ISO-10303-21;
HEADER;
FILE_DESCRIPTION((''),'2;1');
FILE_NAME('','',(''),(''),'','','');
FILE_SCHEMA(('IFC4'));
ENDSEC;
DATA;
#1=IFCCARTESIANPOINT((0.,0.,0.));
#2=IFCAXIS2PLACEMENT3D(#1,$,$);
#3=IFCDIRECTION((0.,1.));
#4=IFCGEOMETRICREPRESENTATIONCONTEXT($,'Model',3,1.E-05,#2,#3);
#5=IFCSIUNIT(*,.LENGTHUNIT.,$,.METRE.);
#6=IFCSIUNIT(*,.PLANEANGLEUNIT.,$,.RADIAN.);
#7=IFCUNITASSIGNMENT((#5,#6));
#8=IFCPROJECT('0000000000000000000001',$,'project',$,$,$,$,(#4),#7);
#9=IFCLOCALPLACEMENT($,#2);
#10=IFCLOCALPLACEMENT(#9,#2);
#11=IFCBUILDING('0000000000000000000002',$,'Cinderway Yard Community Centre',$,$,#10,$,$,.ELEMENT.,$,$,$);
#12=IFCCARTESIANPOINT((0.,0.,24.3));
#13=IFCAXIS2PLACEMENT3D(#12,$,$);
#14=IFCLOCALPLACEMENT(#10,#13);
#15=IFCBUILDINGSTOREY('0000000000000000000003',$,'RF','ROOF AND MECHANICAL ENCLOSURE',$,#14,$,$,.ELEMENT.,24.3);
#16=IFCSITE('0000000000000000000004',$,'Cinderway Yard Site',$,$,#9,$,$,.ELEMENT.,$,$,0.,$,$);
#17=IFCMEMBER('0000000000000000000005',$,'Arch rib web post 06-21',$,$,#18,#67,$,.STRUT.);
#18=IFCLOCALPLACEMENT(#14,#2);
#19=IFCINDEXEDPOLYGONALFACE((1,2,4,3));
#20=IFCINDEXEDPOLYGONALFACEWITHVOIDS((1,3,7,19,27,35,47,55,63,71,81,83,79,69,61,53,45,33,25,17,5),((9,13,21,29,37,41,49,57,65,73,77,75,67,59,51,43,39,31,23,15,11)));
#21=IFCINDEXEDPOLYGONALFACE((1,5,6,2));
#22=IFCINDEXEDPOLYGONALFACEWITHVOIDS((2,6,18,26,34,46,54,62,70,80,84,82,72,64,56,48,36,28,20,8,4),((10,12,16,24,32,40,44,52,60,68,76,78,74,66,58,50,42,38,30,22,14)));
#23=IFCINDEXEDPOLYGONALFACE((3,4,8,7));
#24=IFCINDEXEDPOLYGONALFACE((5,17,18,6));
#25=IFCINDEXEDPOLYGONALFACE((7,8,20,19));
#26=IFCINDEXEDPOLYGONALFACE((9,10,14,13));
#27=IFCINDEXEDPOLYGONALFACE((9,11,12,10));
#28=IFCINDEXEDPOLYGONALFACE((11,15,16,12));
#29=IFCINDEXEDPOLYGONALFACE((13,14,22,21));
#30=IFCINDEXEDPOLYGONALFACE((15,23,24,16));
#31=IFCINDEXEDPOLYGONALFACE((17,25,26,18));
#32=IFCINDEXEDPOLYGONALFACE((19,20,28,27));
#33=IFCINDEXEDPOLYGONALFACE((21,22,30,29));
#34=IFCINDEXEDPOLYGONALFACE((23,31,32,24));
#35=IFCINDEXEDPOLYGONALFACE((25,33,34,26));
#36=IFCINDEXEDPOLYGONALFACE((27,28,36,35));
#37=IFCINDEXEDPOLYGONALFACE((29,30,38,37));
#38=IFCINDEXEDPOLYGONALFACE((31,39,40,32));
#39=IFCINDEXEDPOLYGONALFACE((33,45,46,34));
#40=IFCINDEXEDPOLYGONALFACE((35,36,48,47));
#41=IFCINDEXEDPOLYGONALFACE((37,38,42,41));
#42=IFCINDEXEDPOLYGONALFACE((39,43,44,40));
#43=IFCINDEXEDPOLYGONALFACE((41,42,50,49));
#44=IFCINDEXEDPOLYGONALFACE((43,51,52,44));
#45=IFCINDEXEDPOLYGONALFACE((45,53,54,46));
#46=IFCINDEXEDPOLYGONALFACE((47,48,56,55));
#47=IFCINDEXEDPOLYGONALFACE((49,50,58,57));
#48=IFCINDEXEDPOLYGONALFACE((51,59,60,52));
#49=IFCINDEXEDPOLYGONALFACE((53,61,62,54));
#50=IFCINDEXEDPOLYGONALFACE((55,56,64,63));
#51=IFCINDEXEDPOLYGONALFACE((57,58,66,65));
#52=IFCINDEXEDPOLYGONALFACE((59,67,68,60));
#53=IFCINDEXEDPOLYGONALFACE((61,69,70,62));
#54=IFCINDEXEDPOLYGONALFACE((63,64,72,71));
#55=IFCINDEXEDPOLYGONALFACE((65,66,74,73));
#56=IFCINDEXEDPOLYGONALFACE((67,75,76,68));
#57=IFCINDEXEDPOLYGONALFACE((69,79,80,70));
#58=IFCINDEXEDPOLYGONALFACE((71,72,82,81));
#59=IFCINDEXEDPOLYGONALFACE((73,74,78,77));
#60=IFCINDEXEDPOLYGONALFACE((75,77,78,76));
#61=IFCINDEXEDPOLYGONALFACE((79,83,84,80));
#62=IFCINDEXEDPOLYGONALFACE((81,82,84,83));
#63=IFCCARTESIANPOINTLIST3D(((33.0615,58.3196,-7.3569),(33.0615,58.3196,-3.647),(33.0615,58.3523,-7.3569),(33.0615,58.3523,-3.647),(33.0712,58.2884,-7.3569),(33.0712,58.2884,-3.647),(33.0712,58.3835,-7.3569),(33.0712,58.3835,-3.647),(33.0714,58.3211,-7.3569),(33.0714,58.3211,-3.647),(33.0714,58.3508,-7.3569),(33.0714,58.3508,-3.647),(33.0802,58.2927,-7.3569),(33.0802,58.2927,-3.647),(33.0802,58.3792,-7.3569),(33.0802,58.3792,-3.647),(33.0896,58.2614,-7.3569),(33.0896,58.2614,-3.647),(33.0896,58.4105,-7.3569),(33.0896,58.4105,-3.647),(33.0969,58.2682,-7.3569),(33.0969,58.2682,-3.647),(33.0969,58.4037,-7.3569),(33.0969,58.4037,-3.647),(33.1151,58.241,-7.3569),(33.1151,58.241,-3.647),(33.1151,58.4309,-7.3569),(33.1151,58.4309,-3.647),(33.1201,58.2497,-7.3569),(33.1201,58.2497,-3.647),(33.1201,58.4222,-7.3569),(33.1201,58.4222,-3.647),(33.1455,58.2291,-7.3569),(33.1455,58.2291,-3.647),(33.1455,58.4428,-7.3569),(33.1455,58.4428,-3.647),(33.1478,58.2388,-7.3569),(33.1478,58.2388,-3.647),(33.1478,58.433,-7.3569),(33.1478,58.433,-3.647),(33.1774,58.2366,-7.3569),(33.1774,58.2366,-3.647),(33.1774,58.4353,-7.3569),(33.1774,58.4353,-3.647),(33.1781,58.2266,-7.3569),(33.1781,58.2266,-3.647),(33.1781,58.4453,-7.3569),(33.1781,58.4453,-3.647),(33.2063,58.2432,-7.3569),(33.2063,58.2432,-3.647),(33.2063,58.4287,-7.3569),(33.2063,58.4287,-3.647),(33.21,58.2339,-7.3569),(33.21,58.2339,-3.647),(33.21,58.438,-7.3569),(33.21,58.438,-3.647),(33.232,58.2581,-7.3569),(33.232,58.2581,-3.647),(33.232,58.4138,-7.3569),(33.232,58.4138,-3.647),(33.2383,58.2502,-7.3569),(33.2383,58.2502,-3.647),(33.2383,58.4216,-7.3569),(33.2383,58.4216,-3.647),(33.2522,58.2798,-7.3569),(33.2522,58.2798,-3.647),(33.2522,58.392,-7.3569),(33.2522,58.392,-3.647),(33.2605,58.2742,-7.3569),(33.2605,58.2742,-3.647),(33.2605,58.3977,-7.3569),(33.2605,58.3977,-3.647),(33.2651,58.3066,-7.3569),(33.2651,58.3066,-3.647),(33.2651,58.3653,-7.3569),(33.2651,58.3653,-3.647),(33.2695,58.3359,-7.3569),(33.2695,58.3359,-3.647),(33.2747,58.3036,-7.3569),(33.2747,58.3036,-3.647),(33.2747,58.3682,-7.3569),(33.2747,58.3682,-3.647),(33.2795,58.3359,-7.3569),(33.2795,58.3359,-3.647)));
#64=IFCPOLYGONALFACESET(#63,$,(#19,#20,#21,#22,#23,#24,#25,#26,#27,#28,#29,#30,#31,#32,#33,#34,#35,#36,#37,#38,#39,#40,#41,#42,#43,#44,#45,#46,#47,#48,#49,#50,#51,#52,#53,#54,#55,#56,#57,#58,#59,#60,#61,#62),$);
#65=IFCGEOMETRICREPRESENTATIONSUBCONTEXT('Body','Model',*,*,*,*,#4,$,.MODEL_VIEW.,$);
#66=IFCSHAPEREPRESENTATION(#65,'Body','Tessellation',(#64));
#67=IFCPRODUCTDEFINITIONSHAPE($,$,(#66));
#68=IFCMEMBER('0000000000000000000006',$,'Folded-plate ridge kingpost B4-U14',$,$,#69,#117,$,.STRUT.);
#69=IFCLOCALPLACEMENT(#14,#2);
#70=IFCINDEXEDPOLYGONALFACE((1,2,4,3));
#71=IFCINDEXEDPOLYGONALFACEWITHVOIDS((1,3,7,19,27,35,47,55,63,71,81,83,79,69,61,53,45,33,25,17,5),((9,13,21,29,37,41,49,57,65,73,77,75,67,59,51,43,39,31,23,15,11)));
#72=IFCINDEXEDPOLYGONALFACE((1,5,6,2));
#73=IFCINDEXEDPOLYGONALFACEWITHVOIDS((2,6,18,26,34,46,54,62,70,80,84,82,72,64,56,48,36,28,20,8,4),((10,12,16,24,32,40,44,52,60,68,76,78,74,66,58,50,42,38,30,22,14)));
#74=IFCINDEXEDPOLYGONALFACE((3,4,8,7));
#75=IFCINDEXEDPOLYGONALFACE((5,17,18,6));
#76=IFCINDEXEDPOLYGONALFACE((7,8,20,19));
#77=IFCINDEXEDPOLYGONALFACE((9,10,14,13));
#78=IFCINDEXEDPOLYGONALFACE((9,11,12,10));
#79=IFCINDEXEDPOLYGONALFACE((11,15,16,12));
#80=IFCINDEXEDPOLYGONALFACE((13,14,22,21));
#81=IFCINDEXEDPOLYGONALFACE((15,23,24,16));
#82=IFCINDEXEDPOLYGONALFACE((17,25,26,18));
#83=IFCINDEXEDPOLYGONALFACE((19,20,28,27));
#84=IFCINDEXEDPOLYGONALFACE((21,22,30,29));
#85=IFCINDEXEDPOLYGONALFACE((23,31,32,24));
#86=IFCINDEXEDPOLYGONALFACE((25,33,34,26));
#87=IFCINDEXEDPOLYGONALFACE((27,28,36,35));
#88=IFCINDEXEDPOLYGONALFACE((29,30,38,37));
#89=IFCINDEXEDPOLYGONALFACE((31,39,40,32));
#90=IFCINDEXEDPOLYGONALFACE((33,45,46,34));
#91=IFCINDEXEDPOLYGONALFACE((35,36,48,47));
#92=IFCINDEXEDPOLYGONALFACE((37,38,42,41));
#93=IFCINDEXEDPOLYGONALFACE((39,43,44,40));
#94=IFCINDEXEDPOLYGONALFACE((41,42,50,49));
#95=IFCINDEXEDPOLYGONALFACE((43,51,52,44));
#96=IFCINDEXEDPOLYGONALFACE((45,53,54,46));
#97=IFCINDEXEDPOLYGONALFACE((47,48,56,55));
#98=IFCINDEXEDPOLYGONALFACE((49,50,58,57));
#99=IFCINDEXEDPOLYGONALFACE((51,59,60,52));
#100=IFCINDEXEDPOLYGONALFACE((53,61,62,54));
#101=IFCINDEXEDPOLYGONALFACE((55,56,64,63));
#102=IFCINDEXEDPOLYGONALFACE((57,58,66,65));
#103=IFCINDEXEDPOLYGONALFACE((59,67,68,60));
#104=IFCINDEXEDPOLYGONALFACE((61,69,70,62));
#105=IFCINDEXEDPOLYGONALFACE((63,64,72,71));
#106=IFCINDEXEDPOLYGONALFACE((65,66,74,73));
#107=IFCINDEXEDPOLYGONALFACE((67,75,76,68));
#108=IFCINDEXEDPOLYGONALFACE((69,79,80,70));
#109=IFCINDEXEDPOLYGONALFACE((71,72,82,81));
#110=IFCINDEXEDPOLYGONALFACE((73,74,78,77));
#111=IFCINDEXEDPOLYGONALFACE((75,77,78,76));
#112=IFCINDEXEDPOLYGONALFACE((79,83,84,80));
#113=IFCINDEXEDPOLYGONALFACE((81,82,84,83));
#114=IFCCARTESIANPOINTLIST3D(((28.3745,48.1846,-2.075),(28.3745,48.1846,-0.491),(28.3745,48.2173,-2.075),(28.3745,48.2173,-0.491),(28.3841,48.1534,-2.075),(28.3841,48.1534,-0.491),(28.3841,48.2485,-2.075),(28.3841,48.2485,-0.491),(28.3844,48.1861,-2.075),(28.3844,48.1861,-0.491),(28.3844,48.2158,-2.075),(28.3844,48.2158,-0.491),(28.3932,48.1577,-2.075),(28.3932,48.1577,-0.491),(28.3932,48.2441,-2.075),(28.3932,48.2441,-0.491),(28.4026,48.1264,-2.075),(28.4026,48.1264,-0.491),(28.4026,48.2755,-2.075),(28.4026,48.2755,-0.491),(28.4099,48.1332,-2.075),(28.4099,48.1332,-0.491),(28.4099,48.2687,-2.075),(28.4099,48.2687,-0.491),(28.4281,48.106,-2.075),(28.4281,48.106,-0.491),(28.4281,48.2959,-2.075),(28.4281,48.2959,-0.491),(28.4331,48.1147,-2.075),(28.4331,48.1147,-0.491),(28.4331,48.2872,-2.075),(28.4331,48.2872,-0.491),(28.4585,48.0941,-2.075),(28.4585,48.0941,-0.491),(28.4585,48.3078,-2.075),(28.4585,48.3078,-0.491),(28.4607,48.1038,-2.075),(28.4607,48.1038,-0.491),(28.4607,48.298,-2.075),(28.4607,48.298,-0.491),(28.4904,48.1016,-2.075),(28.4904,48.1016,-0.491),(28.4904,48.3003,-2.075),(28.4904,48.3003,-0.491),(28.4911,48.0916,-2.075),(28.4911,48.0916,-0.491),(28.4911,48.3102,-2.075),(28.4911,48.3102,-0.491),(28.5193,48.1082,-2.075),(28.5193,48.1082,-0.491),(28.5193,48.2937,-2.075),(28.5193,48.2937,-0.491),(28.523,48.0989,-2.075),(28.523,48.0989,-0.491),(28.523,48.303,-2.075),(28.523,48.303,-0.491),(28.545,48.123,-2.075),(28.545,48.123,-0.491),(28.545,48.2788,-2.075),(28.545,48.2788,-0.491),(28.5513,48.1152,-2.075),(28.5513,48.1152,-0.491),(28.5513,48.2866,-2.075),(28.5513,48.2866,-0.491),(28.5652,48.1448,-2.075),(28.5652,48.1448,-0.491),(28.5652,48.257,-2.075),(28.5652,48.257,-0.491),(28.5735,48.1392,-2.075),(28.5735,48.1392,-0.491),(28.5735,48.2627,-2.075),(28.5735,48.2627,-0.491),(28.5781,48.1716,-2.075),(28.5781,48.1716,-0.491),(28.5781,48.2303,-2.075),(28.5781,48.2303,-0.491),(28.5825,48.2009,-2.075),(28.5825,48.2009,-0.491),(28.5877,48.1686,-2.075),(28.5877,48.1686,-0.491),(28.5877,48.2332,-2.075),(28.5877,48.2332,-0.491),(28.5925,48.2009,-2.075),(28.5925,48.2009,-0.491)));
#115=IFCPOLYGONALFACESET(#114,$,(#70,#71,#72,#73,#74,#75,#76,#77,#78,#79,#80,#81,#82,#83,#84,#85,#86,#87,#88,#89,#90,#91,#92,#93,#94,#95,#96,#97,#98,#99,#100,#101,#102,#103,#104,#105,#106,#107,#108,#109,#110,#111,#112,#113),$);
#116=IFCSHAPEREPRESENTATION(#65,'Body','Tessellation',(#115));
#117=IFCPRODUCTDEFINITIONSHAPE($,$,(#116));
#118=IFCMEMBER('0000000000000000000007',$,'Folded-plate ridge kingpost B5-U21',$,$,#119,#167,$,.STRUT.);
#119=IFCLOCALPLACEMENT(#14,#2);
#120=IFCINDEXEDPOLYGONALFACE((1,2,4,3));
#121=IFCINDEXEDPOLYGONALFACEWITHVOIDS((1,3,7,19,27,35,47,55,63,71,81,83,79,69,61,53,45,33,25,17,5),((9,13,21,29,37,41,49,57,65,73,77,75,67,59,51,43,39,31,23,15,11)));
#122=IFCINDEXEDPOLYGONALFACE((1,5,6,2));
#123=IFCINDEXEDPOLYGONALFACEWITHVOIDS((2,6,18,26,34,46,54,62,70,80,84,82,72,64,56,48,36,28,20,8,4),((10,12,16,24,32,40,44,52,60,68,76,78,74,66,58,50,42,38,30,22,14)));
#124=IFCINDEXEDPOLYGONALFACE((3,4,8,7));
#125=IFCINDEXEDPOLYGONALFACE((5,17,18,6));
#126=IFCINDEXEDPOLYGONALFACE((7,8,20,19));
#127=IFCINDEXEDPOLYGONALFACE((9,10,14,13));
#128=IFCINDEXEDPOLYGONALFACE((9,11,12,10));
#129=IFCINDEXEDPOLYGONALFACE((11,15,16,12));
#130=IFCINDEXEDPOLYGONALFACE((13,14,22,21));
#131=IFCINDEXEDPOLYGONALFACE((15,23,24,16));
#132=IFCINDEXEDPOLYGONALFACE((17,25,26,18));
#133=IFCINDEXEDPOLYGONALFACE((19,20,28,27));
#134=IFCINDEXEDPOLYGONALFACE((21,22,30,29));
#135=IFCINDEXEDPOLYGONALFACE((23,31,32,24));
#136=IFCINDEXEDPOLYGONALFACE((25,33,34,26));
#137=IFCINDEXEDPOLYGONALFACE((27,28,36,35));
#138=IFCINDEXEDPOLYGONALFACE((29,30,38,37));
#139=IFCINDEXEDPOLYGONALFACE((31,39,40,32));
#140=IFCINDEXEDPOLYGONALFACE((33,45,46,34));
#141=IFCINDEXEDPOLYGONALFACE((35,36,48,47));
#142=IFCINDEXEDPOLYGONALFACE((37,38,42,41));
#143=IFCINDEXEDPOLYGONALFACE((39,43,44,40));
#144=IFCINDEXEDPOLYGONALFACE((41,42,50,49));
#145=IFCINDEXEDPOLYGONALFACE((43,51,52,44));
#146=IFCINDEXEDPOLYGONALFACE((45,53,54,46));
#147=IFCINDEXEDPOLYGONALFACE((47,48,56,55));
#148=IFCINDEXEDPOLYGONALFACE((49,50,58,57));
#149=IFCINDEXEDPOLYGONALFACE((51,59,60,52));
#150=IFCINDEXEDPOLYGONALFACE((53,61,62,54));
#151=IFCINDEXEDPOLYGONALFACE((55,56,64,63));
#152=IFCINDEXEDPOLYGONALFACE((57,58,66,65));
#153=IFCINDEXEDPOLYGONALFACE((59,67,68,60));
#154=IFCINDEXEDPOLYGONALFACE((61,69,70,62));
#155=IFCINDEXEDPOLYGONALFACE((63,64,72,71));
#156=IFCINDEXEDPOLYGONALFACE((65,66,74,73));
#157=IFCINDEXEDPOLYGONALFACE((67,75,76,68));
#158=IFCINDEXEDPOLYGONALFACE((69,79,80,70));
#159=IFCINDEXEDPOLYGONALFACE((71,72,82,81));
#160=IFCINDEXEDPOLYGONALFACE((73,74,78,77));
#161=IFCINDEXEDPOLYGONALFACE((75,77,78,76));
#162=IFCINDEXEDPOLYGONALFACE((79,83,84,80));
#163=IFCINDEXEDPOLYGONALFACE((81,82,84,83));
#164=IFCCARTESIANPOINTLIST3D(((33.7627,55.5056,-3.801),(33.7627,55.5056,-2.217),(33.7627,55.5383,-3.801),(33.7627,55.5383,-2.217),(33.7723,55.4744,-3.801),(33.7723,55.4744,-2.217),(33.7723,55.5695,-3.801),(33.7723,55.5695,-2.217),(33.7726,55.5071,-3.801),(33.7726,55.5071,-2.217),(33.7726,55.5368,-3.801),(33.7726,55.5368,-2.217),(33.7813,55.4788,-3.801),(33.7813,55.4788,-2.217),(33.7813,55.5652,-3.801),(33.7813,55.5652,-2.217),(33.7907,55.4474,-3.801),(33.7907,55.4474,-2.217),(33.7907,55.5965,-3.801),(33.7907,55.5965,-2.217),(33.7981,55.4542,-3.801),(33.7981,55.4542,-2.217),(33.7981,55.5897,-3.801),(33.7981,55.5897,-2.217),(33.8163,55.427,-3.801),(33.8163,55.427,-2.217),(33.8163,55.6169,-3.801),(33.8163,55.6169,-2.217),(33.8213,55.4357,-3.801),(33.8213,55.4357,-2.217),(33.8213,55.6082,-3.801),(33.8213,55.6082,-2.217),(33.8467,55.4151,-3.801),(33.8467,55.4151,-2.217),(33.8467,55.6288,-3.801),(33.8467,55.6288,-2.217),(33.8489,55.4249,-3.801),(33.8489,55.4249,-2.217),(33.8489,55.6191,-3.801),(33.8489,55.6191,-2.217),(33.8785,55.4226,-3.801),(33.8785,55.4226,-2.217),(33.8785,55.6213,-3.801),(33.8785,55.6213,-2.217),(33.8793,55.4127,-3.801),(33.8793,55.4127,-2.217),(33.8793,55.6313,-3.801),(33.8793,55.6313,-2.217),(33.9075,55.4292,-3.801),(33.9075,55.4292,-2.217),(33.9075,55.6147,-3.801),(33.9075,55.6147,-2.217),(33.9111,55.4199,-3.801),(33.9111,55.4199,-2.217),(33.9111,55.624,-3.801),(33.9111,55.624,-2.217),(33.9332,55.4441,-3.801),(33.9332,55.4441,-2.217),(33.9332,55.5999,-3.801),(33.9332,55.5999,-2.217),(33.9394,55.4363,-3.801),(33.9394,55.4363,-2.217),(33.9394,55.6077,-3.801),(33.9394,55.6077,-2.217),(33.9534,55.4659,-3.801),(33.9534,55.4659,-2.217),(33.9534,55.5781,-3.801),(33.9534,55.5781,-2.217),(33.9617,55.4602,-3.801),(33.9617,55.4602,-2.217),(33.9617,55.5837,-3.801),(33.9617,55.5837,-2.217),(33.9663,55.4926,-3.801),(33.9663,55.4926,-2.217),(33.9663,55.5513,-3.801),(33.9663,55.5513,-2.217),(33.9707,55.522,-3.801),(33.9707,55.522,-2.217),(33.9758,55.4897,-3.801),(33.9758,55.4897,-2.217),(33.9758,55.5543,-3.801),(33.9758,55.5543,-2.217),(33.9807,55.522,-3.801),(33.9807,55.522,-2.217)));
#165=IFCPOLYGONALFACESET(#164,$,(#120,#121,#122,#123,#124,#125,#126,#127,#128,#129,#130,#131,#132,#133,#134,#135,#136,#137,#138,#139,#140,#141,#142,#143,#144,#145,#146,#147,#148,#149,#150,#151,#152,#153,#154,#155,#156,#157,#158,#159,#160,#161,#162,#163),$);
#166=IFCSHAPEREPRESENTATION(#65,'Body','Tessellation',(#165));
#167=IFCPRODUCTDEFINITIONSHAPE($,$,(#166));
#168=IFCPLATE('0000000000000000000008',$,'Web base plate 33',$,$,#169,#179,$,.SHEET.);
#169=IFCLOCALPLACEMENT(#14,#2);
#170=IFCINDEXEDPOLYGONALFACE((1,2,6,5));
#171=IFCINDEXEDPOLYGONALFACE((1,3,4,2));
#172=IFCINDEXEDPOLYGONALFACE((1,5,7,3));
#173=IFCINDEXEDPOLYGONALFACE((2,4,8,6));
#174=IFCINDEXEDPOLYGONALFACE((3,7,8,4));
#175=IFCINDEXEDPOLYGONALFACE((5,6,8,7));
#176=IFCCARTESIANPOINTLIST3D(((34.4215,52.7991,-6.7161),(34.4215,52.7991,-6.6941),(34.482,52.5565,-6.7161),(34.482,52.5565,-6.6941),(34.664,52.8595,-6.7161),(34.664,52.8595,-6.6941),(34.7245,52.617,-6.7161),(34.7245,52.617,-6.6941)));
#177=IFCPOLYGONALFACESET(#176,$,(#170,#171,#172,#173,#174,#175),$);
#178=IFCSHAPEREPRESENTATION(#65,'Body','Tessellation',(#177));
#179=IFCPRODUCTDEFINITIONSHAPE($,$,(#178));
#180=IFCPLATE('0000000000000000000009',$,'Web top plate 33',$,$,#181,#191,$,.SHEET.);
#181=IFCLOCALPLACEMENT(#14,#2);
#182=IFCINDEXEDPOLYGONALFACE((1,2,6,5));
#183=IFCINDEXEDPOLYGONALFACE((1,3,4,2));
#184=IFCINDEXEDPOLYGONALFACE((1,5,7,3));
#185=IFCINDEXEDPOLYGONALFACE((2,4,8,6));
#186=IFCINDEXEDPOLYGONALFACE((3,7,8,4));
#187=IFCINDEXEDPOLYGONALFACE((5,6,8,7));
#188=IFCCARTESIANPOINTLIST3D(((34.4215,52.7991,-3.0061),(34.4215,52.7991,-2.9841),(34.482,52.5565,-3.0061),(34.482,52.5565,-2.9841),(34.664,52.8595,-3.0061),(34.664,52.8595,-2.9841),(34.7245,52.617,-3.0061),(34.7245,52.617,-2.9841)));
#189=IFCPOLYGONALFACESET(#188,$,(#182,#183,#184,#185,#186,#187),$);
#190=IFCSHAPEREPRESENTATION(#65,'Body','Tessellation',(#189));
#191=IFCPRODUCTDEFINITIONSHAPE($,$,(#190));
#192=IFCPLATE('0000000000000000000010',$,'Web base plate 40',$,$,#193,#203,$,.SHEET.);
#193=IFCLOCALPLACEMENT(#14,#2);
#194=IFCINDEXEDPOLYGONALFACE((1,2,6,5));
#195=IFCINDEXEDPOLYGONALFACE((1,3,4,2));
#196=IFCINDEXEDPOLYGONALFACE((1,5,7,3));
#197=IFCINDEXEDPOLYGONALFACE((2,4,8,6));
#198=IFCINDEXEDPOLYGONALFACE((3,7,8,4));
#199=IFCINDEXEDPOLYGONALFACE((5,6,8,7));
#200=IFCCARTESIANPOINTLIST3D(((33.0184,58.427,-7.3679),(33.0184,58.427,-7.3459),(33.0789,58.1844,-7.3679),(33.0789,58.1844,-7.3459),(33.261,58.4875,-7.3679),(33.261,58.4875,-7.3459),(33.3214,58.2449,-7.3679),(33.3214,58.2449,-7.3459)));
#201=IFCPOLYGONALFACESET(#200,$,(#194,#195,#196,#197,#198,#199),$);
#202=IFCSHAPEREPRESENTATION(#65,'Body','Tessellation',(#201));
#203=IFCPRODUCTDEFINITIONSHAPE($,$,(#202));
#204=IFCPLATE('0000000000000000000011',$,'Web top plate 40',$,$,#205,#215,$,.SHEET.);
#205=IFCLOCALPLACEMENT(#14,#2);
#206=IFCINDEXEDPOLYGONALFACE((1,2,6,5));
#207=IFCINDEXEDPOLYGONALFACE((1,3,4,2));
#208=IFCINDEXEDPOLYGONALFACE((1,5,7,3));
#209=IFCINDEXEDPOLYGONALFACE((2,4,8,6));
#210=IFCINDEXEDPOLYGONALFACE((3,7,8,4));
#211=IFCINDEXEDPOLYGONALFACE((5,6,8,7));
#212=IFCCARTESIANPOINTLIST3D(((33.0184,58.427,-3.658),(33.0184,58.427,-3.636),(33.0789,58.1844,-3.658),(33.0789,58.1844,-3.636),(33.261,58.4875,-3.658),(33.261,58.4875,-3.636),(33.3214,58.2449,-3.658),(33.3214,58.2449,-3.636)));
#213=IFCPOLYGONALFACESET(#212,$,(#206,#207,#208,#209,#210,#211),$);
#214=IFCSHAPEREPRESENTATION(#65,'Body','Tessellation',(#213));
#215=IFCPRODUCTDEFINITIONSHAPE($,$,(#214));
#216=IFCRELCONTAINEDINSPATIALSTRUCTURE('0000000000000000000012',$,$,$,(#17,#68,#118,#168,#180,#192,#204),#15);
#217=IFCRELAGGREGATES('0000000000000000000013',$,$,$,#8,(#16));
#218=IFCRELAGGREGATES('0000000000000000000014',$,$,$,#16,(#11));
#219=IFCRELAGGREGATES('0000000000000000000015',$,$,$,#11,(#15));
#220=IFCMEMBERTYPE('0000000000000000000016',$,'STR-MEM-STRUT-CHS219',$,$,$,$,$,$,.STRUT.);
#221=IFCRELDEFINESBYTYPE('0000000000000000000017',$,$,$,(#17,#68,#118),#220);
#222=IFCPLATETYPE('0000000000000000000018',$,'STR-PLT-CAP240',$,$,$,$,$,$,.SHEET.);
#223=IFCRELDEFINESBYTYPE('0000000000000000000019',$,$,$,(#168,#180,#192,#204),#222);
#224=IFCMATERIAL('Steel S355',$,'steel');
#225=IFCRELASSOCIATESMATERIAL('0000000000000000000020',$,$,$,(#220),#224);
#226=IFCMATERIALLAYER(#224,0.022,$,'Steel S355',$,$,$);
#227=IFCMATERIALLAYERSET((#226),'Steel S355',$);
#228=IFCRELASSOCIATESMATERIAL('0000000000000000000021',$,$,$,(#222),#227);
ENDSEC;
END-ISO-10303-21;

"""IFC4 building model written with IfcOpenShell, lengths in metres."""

from ifc_helpers import new_model, si_unit, direction, frame, origin, origin_2d, place, context, subcontext, project, spatial, rectangle, hollow_circle, extrude, material, layer, layer_set, material_profile, profile_set, type_object, element, save


model = new_model("IFC4")

# Units and contexts
model_context = context("Model", 3, precision=1e-05, world=origin(), true_north=direction((0.0, 1.0)))
body_context = subcontext(model_context, "Body", "Model", "MODEL_VIEW")
ifc_project = project(units=[si_unit("LENGTHUNIT", "METRE"), si_unit("PLANEANGLEUNIT", "RADIAN")], contexts=[model_context])

# Site, building, storey
site_placement = place(None, origin())
site = spatial("IfcSite", under=ifc_project, at=site_placement, Name="Cinderway Yard Site", CompositionType="ELEMENT", RefElevation=0.0)
building_placement = place(site_placement, origin())
building = spatial("IfcBuilding", under=site, at=building_placement, Name="Cinderway Yard Community Centre", CompositionType="ELEMENT")
storey_placement = place(building_placement, frame((0.0, 0.0, 24.3)))
storey = spatial("IfcBuildingStorey", under=building, at=storey_placement, Name="RF", Description="ROOF AND MECHANICAL ENCLOSURE", CompositionType="ELEMENT", Elevation=24.3)

# Shared definitions
ifc_material_1 = material(Name="Steel S355", Category="steel")

# Members
ifc_material_profile_1 = material_profile(ifc_material_1, hollow_circle(Radius=0.1096, WallThickness=0.01, at=origin_2d()), Name="Steel S355")
ifc_profile_set_1 = profile_set([ifc_material_profile_1], Name="Steel S355")
member_type = type_object("IfcMemberType", Name="STR-MEM-STRUT-CHS219", PredefinedType="STRUT", material=ifc_profile_set_1)
for number, where, z_axis, x_axis, name in (
    (1, (33.1699, 58.3359, -7.3569), (0.0, 0.0, 1.0), (1.0, 0.0, 0.0), "Arch rib web post 06-21"),
):
    element("IfcMember", number, at=place(storey_placement, frame(where, z_axis=z_axis, x_axis=x_axis)), inside=storey, type_object=member_type, Name=name, PredefinedType="STRUT", context=body_context, shape_type="SweptSolid", body=[
        extrude(hollow_circle(Radius=0.1096, WallThickness=0.01, at=origin_2d()), origin(), (0.0, 0.0, 1.0), 3.71),
    ])
for number, where, z_axis, x_axis, name in (
    (2, (28.4829, 48.2009, -2.075), (0.0, 0.0, 1.0), (1.0, 0.0, 0.0), "Folded-plate ridge kingpost B4-U14"),
    (3, (33.8711, 55.522, -3.801), (0.0, 0.0, 1.0), (1.0, 0.0, 0.0), "Folded-plate ridge kingpost B5-U21"),
):
    element("IfcMember", number, at=place(storey_placement, frame(where, z_axis=z_axis, x_axis=x_axis)), inside=storey, type_object=member_type, Name=name, PredefinedType="STRUT", context=body_context, shape_type="SweptSolid", body=[
        extrude(hollow_circle(Radius=0.1096, WallThickness=0.01, at=origin_2d()), origin(), (0.0, 0.0, 1.0), 1.584),
    ])

# Plates
ifc_layer_1 = layer(ifc_material_1, 0.022, Name="Steel S355")
ifc_layer_set_1 = layer_set([ifc_layer_1], Name="Steel S355")
plate_type_1 = type_object("IfcPlateType", Name="STR-PLT-CAP240", PredefinedType="SHEET", material=ifc_layer_set_1)
for number, where, z_axis, x_axis, name in (
    (4, (34.573, 52.708, -6.7161), (0.0, 0.0, 1.0), (0.970296, 0.241922, 0.0), "Web base plate 33"),
    (5, (34.573, 52.708, -3.0061), (0.0, 0.0, 1.0), (0.970296, 0.241922, 0.0), "Web top plate 33"),
    (6, (33.1699, 58.3359, -7.3679), (0.0, 0.0, 1.0), (0.970296, 0.241922, 0.0), "Web base plate 40"),
    (7, (33.1699, 58.3359, -3.658), (0.0, 0.0, 1.0), (0.970296, 0.241922, 0.0), "Web top plate 40"),
):
    element("IfcPlate", number, at=place(storey_placement, frame(where, z_axis=z_axis, x_axis=x_axis)), inside=storey, type_object=plate_type_1, Name=name, PredefinedType="SHEET", context=body_context, shape_type="SweptSolid", body=[
        extrude(rectangle(XDim=0.25, YDim=0.25, at=origin_2d()), origin(), (0.0, 0.0, 1.0), 0.022),
    ])

save(model, "model.ifc")
